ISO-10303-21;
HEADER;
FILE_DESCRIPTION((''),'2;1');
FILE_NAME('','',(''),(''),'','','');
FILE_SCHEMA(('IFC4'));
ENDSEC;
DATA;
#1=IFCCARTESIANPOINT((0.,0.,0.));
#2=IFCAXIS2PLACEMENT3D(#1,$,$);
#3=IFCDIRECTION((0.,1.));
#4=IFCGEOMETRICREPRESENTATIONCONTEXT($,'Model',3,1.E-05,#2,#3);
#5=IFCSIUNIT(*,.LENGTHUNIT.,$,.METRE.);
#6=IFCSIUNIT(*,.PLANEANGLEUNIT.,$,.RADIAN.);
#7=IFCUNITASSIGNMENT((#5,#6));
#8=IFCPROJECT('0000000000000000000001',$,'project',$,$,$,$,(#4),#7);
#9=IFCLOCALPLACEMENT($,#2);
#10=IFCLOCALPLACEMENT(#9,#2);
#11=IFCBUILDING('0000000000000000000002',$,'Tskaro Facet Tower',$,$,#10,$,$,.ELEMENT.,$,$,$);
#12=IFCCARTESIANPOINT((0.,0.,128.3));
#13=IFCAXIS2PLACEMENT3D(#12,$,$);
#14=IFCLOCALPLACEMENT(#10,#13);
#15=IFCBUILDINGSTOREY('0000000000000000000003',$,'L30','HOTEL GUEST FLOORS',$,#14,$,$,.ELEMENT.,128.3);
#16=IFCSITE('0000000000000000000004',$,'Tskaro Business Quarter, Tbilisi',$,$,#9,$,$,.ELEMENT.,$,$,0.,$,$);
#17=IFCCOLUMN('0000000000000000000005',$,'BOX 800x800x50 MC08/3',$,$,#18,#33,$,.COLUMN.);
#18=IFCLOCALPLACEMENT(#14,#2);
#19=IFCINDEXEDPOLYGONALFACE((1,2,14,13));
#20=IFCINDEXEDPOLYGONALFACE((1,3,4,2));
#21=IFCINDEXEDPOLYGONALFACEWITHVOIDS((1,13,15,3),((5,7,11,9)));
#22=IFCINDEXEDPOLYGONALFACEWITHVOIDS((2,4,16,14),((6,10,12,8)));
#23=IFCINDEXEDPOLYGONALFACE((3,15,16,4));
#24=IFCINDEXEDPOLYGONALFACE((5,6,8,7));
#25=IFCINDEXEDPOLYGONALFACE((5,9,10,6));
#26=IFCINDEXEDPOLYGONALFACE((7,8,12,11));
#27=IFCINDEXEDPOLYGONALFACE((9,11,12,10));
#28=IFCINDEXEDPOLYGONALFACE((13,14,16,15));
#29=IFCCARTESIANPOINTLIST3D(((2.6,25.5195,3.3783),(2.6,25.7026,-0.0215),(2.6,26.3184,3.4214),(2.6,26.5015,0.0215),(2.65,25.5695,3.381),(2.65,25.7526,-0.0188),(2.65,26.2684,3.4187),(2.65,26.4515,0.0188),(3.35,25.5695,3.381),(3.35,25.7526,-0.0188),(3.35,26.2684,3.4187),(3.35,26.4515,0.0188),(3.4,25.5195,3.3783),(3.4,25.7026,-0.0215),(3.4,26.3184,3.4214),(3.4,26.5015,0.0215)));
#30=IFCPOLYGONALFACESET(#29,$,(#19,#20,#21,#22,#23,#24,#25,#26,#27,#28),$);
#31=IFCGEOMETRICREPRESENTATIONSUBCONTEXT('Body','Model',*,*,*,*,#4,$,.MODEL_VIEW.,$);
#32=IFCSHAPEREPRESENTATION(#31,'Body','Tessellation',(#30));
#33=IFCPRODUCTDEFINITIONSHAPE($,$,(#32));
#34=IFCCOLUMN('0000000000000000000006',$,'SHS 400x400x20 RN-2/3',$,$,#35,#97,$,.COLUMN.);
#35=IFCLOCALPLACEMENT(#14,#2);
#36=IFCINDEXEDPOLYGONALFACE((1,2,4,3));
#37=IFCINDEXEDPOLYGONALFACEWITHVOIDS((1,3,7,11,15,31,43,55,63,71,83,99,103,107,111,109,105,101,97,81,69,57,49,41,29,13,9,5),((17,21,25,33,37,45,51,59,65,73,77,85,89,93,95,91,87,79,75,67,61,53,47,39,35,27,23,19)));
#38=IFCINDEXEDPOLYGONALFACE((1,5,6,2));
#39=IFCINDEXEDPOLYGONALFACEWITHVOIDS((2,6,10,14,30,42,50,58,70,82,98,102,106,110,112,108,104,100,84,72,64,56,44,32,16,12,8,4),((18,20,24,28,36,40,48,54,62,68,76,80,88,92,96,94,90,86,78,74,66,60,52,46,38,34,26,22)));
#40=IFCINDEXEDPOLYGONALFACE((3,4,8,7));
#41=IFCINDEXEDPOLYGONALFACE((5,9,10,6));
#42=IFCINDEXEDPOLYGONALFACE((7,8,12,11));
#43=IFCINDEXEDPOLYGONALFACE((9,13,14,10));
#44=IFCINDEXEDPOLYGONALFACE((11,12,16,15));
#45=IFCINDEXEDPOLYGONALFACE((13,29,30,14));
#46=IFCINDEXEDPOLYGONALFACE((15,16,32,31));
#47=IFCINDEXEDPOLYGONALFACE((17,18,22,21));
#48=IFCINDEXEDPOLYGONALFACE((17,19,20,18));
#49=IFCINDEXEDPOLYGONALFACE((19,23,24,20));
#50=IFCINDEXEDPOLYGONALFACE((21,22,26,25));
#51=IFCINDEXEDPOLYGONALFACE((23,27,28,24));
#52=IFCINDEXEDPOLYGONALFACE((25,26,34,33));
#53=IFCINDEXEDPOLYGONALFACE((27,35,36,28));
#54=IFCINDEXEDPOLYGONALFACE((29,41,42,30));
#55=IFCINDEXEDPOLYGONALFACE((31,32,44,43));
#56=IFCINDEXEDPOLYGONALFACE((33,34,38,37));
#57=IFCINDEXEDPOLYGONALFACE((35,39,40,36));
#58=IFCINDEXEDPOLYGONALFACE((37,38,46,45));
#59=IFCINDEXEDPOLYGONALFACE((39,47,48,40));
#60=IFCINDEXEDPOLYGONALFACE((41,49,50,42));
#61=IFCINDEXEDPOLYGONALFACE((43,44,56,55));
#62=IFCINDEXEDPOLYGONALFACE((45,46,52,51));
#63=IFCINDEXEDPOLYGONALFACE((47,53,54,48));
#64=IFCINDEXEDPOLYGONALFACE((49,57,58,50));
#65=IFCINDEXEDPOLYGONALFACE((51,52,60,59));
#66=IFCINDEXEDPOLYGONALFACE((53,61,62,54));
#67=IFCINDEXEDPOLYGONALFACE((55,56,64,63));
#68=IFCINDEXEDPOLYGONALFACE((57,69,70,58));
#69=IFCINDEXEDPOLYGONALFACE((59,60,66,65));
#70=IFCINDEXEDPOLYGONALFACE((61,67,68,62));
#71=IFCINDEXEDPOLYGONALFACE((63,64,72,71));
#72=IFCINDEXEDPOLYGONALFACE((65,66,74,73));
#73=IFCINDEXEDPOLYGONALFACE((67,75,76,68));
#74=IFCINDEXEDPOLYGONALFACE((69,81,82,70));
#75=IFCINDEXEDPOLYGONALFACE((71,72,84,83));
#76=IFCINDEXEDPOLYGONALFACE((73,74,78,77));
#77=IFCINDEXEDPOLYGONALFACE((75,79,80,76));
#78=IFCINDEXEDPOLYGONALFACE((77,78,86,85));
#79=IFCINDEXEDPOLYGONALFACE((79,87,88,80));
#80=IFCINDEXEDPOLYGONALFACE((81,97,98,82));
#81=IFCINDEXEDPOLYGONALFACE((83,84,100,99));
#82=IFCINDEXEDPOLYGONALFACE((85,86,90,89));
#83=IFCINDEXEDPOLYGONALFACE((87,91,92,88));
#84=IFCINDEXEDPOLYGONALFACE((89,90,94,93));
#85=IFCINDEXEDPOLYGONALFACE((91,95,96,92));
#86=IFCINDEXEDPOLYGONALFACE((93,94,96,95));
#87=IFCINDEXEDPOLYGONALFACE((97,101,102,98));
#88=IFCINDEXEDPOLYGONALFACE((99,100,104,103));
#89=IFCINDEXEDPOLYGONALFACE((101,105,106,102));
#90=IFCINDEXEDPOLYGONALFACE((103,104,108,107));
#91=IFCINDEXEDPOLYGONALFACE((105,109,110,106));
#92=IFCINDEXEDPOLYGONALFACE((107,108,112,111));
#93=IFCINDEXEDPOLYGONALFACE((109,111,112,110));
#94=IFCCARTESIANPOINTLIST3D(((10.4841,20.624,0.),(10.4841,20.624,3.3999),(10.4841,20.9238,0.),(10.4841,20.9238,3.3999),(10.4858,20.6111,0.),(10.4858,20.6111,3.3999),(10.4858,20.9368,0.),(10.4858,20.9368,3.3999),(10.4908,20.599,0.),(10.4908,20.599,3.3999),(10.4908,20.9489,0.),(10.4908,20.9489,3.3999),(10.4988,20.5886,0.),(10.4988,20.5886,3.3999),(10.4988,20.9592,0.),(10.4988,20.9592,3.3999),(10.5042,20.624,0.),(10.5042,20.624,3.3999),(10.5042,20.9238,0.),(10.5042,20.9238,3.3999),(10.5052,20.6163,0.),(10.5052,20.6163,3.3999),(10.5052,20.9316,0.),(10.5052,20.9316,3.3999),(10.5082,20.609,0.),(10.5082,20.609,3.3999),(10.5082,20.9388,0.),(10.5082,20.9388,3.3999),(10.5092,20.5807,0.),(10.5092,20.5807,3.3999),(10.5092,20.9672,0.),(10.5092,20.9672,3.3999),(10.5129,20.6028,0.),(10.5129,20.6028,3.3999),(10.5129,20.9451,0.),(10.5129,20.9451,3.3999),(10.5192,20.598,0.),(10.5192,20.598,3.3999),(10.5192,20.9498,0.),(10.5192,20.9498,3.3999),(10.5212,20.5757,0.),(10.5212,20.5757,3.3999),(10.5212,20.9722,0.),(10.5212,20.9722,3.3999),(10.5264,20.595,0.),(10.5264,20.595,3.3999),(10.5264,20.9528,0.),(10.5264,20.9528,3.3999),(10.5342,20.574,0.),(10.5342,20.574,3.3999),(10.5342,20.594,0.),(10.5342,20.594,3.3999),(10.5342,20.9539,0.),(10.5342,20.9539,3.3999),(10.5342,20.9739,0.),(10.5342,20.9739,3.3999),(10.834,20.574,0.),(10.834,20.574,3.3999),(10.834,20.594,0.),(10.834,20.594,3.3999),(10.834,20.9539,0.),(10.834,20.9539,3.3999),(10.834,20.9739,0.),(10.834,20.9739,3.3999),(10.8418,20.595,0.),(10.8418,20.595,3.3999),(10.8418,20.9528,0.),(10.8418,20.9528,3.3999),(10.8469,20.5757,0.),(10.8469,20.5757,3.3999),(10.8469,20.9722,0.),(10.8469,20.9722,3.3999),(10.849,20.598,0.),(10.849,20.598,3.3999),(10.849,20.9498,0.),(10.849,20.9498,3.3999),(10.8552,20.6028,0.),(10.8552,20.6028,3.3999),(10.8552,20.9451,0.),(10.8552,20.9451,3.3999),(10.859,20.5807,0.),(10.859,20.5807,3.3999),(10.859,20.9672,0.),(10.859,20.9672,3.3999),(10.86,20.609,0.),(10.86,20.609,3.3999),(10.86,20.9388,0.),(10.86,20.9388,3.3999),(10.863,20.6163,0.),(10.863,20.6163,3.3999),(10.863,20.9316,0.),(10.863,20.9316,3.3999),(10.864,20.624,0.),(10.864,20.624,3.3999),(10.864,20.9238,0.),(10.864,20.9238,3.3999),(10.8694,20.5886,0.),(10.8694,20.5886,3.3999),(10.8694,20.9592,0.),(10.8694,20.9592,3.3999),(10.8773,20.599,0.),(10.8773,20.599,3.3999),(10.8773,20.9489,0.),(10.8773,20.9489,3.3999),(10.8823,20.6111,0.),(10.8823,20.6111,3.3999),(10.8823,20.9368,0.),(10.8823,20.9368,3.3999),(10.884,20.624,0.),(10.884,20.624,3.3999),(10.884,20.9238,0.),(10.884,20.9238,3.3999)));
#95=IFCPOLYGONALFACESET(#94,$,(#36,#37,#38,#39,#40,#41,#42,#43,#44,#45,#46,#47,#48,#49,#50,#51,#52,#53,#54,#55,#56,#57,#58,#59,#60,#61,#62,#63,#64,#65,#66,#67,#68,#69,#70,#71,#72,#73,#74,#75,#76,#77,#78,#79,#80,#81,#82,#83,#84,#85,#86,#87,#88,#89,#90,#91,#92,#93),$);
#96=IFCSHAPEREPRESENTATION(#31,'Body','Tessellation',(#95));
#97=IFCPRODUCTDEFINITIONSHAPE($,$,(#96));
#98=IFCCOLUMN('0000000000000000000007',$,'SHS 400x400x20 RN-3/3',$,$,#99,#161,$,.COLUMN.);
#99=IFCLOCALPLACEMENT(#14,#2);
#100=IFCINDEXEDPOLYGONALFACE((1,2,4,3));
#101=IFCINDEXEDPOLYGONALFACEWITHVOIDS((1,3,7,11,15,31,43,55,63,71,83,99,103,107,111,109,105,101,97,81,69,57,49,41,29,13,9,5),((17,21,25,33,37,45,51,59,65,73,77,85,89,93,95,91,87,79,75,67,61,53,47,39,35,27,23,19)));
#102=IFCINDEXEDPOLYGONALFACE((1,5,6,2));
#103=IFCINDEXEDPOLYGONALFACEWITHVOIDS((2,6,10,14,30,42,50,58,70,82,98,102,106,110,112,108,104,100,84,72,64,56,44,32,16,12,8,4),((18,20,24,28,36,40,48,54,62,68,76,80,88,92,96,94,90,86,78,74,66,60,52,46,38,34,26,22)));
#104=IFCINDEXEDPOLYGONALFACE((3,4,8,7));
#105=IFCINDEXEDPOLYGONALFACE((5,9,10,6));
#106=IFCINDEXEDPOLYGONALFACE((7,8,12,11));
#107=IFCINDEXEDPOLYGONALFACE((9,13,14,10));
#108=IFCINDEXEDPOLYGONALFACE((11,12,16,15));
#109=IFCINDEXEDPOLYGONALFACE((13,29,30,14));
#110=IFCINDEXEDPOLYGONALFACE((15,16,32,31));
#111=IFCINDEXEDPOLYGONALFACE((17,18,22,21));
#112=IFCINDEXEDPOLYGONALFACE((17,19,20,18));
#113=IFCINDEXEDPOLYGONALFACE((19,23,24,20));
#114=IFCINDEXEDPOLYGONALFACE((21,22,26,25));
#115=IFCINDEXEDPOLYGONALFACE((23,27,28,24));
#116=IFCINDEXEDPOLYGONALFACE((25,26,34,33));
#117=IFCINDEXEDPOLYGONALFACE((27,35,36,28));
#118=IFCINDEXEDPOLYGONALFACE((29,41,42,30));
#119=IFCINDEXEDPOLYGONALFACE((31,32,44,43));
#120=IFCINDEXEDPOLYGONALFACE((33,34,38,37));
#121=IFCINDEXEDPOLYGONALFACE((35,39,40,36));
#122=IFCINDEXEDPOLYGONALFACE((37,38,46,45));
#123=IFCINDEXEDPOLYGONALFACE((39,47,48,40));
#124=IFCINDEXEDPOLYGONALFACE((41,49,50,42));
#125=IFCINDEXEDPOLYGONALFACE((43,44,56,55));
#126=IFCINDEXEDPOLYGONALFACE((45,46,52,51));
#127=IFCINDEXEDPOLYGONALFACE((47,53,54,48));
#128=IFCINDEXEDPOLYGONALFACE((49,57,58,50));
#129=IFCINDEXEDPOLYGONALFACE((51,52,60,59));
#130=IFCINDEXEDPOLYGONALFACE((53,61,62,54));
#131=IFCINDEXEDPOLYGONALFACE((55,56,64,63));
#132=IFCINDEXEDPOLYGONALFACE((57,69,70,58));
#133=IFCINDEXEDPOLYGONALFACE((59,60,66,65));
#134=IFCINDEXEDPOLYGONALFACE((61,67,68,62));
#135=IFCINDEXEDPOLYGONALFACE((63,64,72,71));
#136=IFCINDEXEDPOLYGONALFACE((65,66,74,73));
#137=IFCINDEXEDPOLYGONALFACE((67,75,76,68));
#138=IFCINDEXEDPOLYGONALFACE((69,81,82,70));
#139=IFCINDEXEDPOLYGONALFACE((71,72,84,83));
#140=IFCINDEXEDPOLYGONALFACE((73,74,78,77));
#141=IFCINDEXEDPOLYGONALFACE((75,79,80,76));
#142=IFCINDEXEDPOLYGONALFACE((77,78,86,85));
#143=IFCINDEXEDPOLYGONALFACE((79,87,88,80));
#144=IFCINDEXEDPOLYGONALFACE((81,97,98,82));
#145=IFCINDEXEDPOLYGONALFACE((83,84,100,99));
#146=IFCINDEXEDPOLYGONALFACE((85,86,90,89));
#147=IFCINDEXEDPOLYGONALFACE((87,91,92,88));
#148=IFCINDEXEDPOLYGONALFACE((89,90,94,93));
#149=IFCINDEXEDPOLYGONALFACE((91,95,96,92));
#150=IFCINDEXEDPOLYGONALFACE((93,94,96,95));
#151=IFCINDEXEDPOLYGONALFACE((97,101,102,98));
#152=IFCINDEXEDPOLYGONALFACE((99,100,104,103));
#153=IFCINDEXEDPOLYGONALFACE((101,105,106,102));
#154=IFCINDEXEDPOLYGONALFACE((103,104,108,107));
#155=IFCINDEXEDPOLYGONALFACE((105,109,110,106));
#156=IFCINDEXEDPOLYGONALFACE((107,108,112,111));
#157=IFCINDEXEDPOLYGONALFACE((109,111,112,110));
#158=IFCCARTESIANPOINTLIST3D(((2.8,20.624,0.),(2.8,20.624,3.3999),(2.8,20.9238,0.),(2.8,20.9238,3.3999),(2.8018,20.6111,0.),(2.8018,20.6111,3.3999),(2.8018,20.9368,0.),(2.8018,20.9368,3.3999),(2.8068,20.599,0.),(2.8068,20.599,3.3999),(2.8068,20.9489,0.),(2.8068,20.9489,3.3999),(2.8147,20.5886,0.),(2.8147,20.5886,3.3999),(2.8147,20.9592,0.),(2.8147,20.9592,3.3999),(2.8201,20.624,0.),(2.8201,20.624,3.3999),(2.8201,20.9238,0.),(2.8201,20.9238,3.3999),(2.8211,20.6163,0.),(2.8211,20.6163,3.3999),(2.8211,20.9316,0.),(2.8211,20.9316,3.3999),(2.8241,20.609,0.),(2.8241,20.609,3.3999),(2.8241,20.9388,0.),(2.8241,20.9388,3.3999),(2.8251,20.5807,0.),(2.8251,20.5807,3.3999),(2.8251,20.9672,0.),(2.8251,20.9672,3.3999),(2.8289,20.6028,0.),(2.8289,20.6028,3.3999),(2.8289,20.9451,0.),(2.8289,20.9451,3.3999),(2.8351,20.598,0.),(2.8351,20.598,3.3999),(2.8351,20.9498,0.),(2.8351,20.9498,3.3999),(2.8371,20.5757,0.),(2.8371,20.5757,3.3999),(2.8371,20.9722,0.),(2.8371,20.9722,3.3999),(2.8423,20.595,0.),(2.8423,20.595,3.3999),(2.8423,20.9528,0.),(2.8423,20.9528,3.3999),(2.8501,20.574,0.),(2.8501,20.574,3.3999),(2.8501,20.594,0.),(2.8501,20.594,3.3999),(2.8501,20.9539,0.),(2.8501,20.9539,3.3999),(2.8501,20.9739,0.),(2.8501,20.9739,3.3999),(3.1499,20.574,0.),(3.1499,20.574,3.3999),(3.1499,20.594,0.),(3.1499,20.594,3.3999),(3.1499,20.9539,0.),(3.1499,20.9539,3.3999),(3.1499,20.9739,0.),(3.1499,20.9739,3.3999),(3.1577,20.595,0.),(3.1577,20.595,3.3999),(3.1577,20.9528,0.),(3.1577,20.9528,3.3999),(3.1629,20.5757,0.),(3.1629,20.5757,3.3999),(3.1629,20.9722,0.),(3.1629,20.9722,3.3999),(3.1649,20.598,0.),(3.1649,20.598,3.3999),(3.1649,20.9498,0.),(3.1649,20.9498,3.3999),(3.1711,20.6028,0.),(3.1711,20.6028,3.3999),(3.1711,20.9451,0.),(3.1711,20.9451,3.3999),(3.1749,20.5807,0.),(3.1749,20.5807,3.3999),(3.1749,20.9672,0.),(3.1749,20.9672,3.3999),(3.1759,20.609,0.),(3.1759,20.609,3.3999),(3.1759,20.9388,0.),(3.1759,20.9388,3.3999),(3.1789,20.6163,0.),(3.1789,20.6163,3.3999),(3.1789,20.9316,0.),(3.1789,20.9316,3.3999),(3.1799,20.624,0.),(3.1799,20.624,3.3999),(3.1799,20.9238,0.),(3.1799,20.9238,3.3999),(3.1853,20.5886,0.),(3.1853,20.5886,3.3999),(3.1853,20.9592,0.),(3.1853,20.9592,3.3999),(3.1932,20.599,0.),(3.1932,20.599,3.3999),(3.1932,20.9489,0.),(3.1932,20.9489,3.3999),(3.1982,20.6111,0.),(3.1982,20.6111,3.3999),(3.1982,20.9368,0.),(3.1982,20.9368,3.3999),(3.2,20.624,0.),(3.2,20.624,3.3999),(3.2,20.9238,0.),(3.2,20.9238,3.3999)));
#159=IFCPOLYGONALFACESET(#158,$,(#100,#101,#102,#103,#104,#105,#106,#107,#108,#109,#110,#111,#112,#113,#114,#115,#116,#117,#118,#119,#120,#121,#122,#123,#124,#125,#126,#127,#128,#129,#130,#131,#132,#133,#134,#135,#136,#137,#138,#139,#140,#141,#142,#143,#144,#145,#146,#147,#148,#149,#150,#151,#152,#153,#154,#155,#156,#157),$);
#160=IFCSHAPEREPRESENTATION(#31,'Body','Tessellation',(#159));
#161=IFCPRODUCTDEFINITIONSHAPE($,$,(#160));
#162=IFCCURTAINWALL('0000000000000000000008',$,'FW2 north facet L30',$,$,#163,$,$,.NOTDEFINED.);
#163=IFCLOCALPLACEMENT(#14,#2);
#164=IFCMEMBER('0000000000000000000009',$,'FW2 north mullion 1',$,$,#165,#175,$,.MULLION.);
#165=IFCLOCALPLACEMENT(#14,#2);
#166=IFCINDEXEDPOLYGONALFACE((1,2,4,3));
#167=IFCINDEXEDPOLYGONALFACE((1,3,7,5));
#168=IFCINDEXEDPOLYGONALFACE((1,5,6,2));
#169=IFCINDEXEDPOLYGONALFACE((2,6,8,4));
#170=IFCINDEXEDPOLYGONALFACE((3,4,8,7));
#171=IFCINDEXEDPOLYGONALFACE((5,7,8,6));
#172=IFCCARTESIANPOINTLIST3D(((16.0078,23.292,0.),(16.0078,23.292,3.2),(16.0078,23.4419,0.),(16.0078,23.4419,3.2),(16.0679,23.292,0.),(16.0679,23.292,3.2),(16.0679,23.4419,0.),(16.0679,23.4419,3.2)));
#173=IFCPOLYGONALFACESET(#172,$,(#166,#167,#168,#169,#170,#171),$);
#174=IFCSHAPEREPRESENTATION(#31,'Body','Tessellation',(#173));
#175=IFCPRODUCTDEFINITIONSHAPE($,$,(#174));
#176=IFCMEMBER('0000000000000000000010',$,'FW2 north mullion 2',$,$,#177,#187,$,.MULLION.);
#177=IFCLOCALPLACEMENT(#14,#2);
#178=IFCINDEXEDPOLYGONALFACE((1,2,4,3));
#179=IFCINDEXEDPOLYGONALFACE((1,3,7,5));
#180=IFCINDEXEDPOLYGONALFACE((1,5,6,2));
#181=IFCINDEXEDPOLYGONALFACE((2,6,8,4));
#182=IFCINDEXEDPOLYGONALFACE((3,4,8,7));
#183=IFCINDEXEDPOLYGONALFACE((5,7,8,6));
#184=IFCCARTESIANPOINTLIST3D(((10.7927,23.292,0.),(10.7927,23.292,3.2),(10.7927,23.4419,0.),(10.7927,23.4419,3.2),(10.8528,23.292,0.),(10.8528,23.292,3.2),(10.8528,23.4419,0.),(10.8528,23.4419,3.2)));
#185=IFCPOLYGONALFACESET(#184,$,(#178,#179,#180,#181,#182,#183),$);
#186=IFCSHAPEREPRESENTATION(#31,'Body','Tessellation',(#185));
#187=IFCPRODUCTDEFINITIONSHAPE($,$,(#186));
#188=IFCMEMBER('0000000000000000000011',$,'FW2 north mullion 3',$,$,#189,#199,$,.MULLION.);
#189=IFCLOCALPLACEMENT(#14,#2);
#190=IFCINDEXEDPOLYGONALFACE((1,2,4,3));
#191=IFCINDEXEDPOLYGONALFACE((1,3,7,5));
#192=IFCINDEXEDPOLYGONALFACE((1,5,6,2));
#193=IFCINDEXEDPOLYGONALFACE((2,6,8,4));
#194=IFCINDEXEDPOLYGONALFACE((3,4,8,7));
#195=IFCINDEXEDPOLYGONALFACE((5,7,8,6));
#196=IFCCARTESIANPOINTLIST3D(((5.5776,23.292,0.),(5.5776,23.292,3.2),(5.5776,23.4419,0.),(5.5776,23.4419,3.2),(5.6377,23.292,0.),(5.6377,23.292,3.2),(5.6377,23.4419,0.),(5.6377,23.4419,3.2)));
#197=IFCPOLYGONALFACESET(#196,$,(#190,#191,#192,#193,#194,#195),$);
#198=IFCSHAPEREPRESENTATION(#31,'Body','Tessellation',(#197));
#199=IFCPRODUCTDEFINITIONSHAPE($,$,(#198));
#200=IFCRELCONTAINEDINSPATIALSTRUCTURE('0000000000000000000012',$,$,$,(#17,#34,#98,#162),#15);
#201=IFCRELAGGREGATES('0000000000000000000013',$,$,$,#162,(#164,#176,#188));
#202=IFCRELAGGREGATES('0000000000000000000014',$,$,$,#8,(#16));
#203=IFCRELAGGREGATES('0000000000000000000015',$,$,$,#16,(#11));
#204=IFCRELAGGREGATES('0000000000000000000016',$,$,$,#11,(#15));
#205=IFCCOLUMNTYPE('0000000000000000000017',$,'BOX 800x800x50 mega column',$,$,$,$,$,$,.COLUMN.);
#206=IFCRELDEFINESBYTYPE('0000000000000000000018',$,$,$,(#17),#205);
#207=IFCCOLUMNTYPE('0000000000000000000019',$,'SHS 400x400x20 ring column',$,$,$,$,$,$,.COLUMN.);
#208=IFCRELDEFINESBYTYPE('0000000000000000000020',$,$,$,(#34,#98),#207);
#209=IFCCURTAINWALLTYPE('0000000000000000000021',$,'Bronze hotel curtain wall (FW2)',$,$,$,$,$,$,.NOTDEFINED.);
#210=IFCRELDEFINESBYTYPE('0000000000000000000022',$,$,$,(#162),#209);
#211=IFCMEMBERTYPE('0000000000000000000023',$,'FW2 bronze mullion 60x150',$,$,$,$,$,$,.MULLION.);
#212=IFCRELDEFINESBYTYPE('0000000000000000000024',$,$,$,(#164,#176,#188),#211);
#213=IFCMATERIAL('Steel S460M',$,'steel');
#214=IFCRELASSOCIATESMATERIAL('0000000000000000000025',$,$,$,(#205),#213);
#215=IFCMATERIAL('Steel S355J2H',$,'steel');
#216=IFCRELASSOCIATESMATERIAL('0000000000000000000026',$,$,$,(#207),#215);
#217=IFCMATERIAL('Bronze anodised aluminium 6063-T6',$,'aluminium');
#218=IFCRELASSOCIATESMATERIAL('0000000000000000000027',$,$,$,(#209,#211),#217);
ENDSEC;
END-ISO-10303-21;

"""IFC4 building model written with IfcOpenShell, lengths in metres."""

from ifc_helpers import new_model, si_unit, direction, frame, origin, origin_2d, place, context, subcontext, project, spatial, rectangle, hollow_rectangle, extrude, material, material_profile, profile_set, type_object, element, aggregate, save


model = new_model("IFC4")

# Units and contexts
model_context = context("Model", 3, precision=1e-05, world=origin(), true_north=direction((0.0, 1.0)))
body_context = subcontext(model_context, "Body", "Model", "MODEL_VIEW")
ifc_project = project(units=[si_unit("LENGTHUNIT", "METRE"), si_unit("PLANEANGLEUNIT", "RADIAN")], contexts=[model_context])

# Site, building, storey
site_placement = place(None, origin())
site = spatial("IfcSite", under=ifc_project, at=site_placement, Name="Tskaro Business Quarter, Tbilisi", CompositionType="ELEMENT", RefElevation=0.0)
building_placement = place(site_placement, origin())
building = spatial("IfcBuilding", under=site, at=building_placement, Name="Tskaro Facet Tower", CompositionType="ELEMENT")
storey_placement = place(building_placement, frame((0.0, 0.0, 128.3)))
storey = spatial("IfcBuildingStorey", under=building, at=storey_placement, Name="L30", Description="HOTEL GUEST FLOORS", CompositionType="ELEMENT", Elevation=128.3)

# Columns
ifc_material_1 = material(Name="Steel S460M", Category="steel")
ifc_material_profile_1 = material_profile(ifc_material_1, hollow_rectangle(XDim=0.8, YDim=0.8, WallThickness=0.05, at=origin_2d()), Name="BOX 800x800x50")
ifc_profile_set_1 = profile_set([ifc_material_profile_1], Name="Steel S460M")
column_type_1 = type_object("IfcColumnType", Name="BOX 800x800x50 mega column", PredefinedType="COLUMN", material=ifc_profile_set_1)
column_placement = place(storey_placement, frame((3.0, 26.1021, 0.0), z_axis=(0.0, -0.053778, 0.998553), x_axis=(1.0, 0.0, 0.0)))
element("IfcColumn", 1, at=column_placement, inside=storey, type_object=column_type_1, Name="BOX 800x800x50 MC08/3", PredefinedType="COLUMN", context=body_context, shape_type="SweptSolid", body=[
    extrude(hollow_rectangle(XDim=0.8, YDim=0.8, WallThickness=0.05, at=origin_2d()), origin(), (0.0, 0.0, 1.0), 3.4048),
])
ifc_material_2 = material(Name="Steel S355J2H", Category="steel")
ifc_material_profile_2 = material_profile(ifc_material_2, hollow_rectangle(XDim=0.3999, YDim=0.3999, WallThickness=0.02, InnerFilletRadius=0.03, OuterFilletRadius=0.05, at=origin_2d()), Name="SHS 400x400x20")
ifc_profile_set_2 = profile_set([ifc_material_profile_2], Name="Steel S355J2H")
column_type_2 = type_object("IfcColumnType", Name="SHS 400x400x20 ring column", PredefinedType="COLUMN", material=ifc_profile_set_2)
for number, where, z_axis, x_axis, name in (
    (2, (10.6841, 20.7739, 0.0), (0.0, 0.0, 1.0), (1.0, 0.0, 0.0), "SHS 400x400x20 RN-2/3"),
    (3, (3.0, 20.7739, 0.0), (0.0, 0.0, 1.0), (1.0, 0.0, 0.0), "SHS 400x400x20 RN-3/3"),
):
    element("IfcColumn", number, at=place(storey_placement, frame(where, z_axis=z_axis, x_axis=x_axis)), inside=storey, type_object=column_type_2, Name=name, PredefinedType="COLUMN", context=body_context, shape_type="SweptSolid", body=[
        extrude(hollow_rectangle(XDim=0.3999, YDim=0.3999, WallThickness=0.02, InnerFilletRadius=0.03, OuterFilletRadius=0.05, at=origin_2d()), origin(), (0.0, 0.0, 1.0), 3.3999),
    ])

# Curtain wall, members
ifc_material_3 = material(Name="Bronze anodised aluminium 6063-T6", Category="aluminium")
curtain_wall_type = type_object("IfcCurtainWallType", Name="Bronze hotel curtain wall (FW2)", PredefinedType="NOTDEFINED", material=ifc_material_3)
curtain_wall_placement = place(storey_placement, origin())
curtain_wall = element("IfcCurtainWall", 4, at=curtain_wall_placement, inside=storey, type_object=curtain_wall_type, Name="FW2 north facet L30", PredefinedType="NOTDEFINED")
ifc_material_profile_3 = material_profile(ifc_material_3, rectangle(XDim=0.0601, YDim=0.1499, at=origin_2d()), Name="Mullion 60x150")
ifc_profile_set_3 = profile_set([ifc_material_profile_3], Name="Bronze anodised aluminium 6063-T6")
member_type_1 = type_object("IfcMemberType", Name="FW2 bronze mullion 60x150", PredefinedType="MULLION", material=ifc_profile_set_3)
member_1_placement = place(storey_placement, frame((16.0378, 23.3669, 0.0), z_axis=(0.0, 0.0, 1.0), x_axis=(-1.0, 0.0, 0.0)))
member_1 = element("IfcMember", 5, at=member_1_placement, type_object=member_type_1, Name="FW2 north mullion 1", PredefinedType="MULLION", context=body_context, shape_type="SweptSolid", body=[
    extrude(rectangle(XDim=0.0601, YDim=0.1499, at=origin_2d()), origin(), (0.0, 0.0, 1.0), 3.2),
])
member_2_placement = place(storey_placement, frame((10.8228, 23.3669, 0.0), z_axis=(0.0, 0.0, 1.0), x_axis=(-1.0, 0.0, 0.0)))
member_2 = element("IfcMember", 6, at=member_2_placement, type_object=member_type_1, Name="FW2 north mullion 2", PredefinedType="MULLION", context=body_context, shape_type="SweptSolid", body=[
    extrude(rectangle(XDim=0.0601, YDim=0.1499, at=origin_2d()), origin(), (0.0, 0.0, 1.0), 3.2),
])
member_3_placement = place(storey_placement, frame((5.6077, 23.3669, 0.0), z_axis=(0.0, 0.0, 1.0), x_axis=(-1.0, 0.0, 0.0)))
member_3 = element("IfcMember", 7, at=member_3_placement, type_object=member_type_1, Name="FW2 north mullion 3", PredefinedType="MULLION", context=body_context, shape_type="SweptSolid", body=[
    extrude(rectangle(XDim=0.0601, YDim=0.1499, at=origin_2d()), origin(), (0.0, 0.0, 1.0), 3.2),
])

aggregate(curtain_wall, [member_1, member_2, member_3])

save(model, "model.ifc")
